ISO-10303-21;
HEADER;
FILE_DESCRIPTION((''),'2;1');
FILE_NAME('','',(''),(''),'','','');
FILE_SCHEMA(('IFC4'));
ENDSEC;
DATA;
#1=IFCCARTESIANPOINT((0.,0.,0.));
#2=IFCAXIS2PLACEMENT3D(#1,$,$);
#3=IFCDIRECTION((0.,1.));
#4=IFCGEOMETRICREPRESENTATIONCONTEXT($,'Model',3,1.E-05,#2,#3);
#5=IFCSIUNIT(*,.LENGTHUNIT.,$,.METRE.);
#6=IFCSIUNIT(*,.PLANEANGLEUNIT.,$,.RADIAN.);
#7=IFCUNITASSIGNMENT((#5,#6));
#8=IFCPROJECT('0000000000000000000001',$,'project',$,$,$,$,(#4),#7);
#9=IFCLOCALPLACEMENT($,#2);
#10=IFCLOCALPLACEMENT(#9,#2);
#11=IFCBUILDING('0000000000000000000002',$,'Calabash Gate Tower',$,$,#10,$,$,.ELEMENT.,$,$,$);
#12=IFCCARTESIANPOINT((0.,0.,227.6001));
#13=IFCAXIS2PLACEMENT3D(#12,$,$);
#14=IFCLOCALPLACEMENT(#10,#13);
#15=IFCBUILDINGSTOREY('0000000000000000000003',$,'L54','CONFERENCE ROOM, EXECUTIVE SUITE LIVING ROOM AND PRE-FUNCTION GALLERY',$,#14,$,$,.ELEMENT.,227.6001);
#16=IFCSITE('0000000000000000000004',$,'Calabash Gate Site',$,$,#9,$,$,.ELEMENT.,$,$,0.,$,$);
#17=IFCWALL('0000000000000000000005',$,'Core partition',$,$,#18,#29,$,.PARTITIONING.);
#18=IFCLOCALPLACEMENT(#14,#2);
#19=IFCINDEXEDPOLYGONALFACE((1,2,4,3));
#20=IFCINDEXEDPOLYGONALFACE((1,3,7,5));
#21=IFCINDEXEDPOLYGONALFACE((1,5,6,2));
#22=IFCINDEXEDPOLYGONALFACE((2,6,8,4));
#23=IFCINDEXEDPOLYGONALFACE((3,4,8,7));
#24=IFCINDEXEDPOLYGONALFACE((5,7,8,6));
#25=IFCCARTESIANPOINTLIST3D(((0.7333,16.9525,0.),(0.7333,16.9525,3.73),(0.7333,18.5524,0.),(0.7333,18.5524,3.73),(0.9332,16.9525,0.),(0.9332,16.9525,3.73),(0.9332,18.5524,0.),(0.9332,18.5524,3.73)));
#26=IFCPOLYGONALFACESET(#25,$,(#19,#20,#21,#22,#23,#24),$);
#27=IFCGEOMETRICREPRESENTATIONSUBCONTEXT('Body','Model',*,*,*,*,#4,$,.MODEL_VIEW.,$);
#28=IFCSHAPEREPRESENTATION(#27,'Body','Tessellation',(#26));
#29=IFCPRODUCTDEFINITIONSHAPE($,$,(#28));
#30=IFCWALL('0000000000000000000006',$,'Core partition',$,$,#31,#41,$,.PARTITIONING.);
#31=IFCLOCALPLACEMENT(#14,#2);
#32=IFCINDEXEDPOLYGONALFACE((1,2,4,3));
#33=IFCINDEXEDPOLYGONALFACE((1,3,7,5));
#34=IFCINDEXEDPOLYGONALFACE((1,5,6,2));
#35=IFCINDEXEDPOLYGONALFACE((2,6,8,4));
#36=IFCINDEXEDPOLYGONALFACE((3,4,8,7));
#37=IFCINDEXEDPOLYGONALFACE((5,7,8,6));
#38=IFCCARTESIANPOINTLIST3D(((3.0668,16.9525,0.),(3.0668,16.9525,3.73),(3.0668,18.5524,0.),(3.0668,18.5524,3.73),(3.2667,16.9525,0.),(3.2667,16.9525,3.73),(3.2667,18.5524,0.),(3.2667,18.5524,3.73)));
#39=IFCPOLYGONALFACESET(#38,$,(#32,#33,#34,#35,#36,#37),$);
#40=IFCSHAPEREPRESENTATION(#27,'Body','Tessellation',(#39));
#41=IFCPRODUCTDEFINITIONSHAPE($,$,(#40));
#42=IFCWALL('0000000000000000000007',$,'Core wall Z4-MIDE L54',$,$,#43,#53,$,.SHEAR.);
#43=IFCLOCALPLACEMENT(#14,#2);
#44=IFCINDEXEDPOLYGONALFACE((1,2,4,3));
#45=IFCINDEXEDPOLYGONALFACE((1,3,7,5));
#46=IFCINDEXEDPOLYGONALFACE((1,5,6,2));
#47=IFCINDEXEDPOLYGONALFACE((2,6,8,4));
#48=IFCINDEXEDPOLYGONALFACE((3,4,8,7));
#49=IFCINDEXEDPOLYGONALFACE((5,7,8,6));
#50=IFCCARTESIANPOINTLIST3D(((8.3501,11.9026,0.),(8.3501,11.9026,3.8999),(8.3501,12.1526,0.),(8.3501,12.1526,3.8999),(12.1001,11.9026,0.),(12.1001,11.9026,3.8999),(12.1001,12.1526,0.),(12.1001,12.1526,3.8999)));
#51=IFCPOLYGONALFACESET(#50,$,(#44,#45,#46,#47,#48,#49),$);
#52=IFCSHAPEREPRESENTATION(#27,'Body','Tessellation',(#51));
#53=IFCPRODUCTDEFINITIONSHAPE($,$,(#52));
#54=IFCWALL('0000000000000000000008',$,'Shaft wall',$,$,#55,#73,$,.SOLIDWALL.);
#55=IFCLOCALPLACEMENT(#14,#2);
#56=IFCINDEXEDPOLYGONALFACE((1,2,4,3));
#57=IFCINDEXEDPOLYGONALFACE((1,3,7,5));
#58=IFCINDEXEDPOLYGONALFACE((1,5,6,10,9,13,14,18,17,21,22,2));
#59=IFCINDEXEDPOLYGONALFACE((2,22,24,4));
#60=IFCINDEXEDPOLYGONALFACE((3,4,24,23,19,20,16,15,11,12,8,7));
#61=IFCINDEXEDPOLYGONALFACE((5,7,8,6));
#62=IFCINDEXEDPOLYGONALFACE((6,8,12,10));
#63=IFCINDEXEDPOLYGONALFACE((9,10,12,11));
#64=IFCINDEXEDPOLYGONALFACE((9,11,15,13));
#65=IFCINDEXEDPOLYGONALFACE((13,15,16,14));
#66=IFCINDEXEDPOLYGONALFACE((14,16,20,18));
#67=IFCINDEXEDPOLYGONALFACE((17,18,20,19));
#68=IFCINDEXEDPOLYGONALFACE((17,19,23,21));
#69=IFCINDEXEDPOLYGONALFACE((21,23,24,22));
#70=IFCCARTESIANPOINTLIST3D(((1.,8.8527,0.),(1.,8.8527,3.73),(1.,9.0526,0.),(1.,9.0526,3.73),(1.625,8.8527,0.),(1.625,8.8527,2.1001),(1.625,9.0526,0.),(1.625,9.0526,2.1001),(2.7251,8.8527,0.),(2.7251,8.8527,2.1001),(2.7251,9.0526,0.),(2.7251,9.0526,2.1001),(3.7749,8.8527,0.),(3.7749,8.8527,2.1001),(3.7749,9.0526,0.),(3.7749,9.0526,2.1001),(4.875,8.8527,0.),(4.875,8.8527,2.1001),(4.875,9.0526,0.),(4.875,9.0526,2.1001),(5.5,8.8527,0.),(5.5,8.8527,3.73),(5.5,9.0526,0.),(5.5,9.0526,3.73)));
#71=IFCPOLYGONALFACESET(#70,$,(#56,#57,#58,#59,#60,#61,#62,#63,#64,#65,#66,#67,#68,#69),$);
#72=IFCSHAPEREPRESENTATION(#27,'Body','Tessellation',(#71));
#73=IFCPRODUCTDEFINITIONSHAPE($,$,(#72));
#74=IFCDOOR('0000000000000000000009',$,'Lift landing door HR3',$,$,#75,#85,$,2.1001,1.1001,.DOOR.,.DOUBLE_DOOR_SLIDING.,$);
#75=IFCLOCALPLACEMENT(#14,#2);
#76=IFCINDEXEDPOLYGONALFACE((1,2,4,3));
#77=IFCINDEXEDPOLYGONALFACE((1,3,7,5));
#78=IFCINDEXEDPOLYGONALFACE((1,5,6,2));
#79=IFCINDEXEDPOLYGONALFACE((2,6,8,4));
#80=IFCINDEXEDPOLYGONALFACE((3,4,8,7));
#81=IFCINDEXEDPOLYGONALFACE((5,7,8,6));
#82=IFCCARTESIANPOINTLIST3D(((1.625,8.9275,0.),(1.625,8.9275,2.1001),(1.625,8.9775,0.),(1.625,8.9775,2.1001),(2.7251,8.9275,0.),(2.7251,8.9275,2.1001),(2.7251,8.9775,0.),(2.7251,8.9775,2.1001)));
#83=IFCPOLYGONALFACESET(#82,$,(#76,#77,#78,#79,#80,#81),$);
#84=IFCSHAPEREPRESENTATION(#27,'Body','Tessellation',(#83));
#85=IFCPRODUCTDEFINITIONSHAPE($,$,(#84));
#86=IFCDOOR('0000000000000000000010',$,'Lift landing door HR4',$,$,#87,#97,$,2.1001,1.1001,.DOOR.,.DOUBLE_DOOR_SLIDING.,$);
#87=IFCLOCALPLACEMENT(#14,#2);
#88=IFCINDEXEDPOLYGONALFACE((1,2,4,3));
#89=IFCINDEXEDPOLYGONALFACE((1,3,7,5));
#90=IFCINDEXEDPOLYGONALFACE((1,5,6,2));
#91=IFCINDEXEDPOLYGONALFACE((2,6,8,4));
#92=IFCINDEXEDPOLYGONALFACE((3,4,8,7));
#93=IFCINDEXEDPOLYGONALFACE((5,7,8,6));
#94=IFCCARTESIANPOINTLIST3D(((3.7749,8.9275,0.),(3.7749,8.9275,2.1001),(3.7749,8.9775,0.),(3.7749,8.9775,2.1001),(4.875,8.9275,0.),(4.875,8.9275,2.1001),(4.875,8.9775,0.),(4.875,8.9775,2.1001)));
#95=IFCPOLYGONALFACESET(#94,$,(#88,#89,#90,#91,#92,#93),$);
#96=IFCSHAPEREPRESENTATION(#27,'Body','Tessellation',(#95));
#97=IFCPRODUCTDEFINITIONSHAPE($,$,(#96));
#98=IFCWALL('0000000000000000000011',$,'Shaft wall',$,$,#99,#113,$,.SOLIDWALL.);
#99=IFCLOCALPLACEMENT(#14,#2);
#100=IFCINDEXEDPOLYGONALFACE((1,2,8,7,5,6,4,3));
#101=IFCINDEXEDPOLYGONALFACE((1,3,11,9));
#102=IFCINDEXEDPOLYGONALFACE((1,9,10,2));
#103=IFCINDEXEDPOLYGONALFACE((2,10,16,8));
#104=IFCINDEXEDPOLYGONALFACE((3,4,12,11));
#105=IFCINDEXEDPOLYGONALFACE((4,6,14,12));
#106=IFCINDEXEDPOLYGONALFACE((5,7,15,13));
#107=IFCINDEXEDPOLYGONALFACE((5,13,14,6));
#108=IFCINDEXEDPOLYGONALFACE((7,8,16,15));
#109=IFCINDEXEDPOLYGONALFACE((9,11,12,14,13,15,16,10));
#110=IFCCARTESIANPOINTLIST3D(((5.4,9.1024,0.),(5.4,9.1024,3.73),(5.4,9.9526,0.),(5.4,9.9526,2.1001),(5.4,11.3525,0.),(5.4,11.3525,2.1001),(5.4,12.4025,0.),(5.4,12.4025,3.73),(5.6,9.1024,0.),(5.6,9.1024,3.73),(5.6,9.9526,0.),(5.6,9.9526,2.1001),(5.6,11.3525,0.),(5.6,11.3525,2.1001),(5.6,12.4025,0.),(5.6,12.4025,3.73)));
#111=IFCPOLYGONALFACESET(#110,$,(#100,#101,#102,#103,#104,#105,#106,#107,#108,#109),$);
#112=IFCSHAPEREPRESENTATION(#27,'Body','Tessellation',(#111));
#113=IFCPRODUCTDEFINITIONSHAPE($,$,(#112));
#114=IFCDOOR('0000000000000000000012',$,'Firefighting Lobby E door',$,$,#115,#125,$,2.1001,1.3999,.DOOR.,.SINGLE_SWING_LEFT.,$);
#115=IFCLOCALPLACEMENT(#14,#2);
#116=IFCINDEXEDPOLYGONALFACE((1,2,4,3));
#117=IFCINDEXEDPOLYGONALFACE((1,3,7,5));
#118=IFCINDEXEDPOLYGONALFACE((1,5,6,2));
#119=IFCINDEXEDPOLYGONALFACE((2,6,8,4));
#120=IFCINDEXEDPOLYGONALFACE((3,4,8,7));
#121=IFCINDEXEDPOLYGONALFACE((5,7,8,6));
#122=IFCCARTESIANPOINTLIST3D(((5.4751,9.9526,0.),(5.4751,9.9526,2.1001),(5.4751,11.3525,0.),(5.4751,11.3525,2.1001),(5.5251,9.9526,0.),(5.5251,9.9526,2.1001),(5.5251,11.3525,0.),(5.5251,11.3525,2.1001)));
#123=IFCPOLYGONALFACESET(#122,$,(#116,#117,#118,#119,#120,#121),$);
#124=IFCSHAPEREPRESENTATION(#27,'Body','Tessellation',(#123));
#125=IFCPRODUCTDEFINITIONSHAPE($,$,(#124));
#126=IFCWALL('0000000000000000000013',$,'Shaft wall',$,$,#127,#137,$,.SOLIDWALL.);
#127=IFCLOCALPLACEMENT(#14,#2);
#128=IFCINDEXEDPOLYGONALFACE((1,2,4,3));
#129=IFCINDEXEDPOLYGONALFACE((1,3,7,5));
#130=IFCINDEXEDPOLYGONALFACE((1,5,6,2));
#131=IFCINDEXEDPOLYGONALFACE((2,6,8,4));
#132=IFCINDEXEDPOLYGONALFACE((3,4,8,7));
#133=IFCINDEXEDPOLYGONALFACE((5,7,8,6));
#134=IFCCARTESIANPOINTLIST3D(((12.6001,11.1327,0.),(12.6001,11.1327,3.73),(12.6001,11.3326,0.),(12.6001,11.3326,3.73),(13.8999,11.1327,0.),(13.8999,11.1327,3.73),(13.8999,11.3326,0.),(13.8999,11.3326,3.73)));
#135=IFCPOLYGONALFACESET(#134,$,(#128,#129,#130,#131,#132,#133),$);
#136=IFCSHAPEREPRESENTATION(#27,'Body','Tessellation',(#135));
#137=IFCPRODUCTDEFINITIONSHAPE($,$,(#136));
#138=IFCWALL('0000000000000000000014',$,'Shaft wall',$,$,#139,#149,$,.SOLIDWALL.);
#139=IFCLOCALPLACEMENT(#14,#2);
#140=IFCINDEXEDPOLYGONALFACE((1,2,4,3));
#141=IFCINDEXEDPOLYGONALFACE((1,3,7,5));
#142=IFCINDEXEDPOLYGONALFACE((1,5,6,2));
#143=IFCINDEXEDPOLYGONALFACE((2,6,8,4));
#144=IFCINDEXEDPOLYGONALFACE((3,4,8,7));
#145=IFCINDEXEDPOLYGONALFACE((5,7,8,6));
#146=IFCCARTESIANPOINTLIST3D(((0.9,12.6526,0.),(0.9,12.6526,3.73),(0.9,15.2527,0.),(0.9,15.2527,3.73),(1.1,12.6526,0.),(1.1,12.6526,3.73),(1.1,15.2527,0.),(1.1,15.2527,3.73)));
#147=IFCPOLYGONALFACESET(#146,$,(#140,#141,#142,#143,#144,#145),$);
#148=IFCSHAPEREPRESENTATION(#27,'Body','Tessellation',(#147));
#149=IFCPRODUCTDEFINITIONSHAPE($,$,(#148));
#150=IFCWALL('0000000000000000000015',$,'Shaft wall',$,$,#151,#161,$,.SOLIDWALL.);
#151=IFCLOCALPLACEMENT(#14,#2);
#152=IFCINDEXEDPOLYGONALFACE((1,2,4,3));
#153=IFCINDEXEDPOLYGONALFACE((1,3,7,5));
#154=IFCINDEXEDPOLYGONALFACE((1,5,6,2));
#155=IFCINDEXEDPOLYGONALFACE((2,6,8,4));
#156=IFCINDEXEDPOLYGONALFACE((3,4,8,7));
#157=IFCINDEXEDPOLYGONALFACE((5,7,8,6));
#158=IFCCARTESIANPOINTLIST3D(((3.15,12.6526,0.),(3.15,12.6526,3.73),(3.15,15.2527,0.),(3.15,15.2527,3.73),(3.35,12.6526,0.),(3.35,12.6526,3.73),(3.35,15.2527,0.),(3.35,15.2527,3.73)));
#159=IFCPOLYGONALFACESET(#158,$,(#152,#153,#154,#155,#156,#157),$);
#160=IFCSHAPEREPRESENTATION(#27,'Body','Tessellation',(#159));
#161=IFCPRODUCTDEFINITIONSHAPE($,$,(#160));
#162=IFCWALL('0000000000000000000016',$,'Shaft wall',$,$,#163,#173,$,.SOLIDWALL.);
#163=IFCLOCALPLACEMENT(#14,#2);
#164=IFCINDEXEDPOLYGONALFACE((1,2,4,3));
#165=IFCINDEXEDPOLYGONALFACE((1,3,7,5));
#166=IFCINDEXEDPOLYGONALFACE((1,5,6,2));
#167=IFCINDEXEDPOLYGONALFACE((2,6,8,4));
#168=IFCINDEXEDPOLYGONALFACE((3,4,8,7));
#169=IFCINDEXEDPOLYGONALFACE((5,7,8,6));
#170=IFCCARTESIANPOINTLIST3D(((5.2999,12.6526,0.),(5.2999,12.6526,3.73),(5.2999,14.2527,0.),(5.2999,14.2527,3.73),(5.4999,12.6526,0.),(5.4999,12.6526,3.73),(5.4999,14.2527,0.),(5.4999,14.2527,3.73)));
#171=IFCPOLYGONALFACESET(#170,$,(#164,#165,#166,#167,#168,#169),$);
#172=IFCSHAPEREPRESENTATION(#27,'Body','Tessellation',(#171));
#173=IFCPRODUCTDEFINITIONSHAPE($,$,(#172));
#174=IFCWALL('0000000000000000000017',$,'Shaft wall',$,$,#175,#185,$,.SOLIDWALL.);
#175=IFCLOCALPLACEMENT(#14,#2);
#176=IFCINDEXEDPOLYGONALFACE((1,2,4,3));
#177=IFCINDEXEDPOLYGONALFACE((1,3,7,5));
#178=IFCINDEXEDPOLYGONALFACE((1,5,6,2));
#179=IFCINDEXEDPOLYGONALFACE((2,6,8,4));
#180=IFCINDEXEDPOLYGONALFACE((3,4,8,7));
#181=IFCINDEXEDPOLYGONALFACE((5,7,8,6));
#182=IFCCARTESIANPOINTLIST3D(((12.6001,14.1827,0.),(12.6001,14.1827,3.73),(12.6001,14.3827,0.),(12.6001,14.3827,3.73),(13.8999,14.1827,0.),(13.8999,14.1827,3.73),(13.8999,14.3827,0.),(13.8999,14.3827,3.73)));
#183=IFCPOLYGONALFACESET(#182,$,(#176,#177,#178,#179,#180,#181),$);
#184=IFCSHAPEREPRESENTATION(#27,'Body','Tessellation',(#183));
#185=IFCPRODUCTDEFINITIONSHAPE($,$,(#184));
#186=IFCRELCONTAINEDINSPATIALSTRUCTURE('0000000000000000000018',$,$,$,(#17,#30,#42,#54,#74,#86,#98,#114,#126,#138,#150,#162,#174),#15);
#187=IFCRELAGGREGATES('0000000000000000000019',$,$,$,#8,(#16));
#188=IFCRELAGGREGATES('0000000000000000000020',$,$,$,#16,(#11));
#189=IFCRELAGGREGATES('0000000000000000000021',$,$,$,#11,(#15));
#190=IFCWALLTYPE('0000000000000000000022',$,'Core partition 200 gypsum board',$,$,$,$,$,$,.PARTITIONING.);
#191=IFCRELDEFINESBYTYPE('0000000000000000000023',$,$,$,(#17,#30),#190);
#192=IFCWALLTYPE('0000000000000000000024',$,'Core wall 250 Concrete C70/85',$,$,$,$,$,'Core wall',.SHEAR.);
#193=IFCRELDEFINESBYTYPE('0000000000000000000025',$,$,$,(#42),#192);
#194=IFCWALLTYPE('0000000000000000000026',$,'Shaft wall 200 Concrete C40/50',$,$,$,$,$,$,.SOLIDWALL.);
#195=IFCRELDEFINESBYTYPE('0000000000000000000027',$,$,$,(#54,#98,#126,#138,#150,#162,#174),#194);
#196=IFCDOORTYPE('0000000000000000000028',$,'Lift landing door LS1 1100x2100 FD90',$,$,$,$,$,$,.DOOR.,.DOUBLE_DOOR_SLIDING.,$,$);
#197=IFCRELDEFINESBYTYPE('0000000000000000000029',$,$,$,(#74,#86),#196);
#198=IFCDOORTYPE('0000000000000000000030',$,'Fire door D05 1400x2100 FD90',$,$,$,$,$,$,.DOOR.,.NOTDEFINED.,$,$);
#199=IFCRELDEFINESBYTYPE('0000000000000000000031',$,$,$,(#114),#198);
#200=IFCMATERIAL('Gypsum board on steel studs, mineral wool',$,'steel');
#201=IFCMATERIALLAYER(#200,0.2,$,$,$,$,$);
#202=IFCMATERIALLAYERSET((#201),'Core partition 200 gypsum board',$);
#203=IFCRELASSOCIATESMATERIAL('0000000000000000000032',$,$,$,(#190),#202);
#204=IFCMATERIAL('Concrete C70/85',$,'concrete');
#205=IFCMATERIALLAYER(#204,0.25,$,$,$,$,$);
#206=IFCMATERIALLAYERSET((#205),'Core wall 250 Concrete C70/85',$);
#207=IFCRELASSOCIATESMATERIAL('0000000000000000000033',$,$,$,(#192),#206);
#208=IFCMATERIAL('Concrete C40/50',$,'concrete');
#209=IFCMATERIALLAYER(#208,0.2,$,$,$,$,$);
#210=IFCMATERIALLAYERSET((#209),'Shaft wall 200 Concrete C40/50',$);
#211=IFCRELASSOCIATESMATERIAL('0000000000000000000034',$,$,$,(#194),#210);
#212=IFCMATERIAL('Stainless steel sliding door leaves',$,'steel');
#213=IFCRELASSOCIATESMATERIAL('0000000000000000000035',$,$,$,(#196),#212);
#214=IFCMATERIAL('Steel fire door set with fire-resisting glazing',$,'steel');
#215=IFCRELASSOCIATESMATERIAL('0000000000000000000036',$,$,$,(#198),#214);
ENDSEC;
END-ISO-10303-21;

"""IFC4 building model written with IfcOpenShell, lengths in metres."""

from ifc_helpers import new_model, si_unit, direction, frame, frame_2d, origin, place, context, subcontext, project, spatial, rectangle, extrude, material, layer, layer_set, type_object, element, fill, save


model = new_model("IFC4")

# Units and contexts
model_context = context("Model", 3, precision=1e-05, world=origin(), true_north=direction((0.0, 1.0)))
body_context = subcontext(model_context, "Body", "Model", "MODEL_VIEW")
ifc_project = project(units=[si_unit("LENGTHUNIT", "METRE"), si_unit("PLANEANGLEUNIT", "RADIAN")], contexts=[model_context])

# Site, building, storey
site_placement = place(None, origin())
site = spatial("IfcSite", under=ifc_project, at=site_placement, Name="Calabash Gate Site", CompositionType="ELEMENT", RefElevation=0.0)
building_placement = place(site_placement, origin())
building = spatial("IfcBuilding", under=site, at=building_placement, Name="Calabash Gate Tower", CompositionType="ELEMENT")
storey_placement = place(building_placement, frame((0.0, 0.0, 227.6001)))
storey = spatial("IfcBuildingStorey", under=building, at=storey_placement, Name="L54", Description="CONFERENCE ROOM, EXECUTIVE SUITE LIVING ROOM AND PRE-FUNCTION GALLERY", CompositionType="ELEMENT", Elevation=227.6001)

# Walls
ifc_material_1 = material(Name="Gypsum board on steel studs, mineral wool", Category="steel")
ifc_layer_1 = layer(ifc_material_1, 0.2)
ifc_layer_set_1 = layer_set([ifc_layer_1], Name="Core partition 200 gypsum board")
wall_type_1 = type_object("IfcWallType", Name="Core partition 200 gypsum board", PredefinedType="PARTITIONING", material=ifc_layer_set_1)
for number, where, z_axis, x_axis, name in (
    (1, (0.8333, 16.9526, 0.0), (0.0, 0.0, 1.0), (0.0, 1.0, 0.0), "Core partition"),
    (2, (3.1667, 16.9526, 0.0), (0.0, 0.0, 1.0), (0.0, 1.0, 0.0), "Core partition"),
):
    element("IfcWall", number, at=place(storey_placement, frame(where, z_axis=z_axis, x_axis=x_axis)), inside=storey, type_object=wall_type_1, Name=name, PredefinedType="PARTITIONING", context=body_context, shape_type="SweptSolid", body=[
        extrude(rectangle(XDim=1.5999, YDim=0.2, at=frame_2d((0.7998, 0.0))), origin(), (0.0, 0.0, 1.0), 3.73),
    ])
ifc_material_2 = material(Name="Concrete C70/85", Category="concrete")
ifc_layer_2 = layer(ifc_material_2, 0.25)
ifc_layer_set_2 = layer_set([ifc_layer_2], Name="Core wall 250 Concrete C70/85")
wall_type_2 = type_object("IfcWallType", Name="Core wall 250 Concrete C70/85", ElementType="Core wall", PredefinedType="SHEAR", material=ifc_layer_set_2)
wall_1_placement = place(storey_placement, frame((8.3501, 12.0276, 0.0), z_axis=(0.0, 0.0, 1.0), x_axis=(1.0, 0.0, 0.0)))
element("IfcWall", 3, at=wall_1_placement, inside=storey, type_object=wall_type_2, Name="Core wall Z4-MIDE L54", PredefinedType="SHEAR", context=body_context, shape_type="SweptSolid", body=[
    extrude(rectangle(XDim=3.75, YDim=0.25, at=frame_2d((1.875, 0.0))), origin(), (0.0, 0.0, 1.0), 3.8999),
])

# Wall, openings, doors
ifc_material_3 = material(Name="Concrete C40/50", Category="concrete")
ifc_layer_3 = layer(ifc_material_3, 0.2)
ifc_layer_set_3 = layer_set([ifc_layer_3], Name="Shaft wall 200 Concrete C40/50")
wall_type_3 = type_object("IfcWallType", Name="Shaft wall 200 Concrete C40/50", PredefinedType="SOLIDWALL", material=ifc_layer_set_3)
wall_2_placement = place(storey_placement, frame((1.0, 8.9526, 0.0), z_axis=(0.0, 0.0, 1.0), x_axis=(1.0, 0.0, 0.0)))
wall_2 = element("IfcWall", 4, at=wall_2_placement, inside=storey, type_object=wall_type_3, Name="Shaft wall", PredefinedType="SOLIDWALL", context=body_context, shape_type="SweptSolid", body=[
    extrude(rectangle(XDim=4.5, YDim=0.2, at=frame_2d((2.25, 0.0))), origin(), (0.0, 0.0, 1.0), 3.73),
])
opening_1_placement = place(wall_2_placement, frame((0.625, 0.0, 0.0)))
opening_1 = element("IfcOpeningElement", 5, at=opening_1_placement, cuts=wall_2, PredefinedType="OPENING", context=body_context, shape_type="SweptSolid", body=[
    extrude(rectangle(XDim=1.1001, YDim=2.1001, at=frame_2d((0.55, 1.05))), frame((0.0, 0.1099, 0.0), z_axis=(0.0, -1.0, 0.0), x_axis=(1.0, 0.0, 0.0)), (0.0, 0.0, 1.0), 0.22),
])
opening_2_placement = place(wall_2_placement, frame((2.7749, 0.0, 0.0)))
opening_2 = element("IfcOpeningElement", 6, at=opening_2_placement, cuts=wall_2, PredefinedType="OPENING", context=body_context, shape_type="SweptSolid", body=[
    extrude(rectangle(XDim=1.1001, YDim=2.1001, at=frame_2d((0.55, 1.05))), frame((0.0, 0.1099, 0.0), z_axis=(0.0, -1.0, 0.0), x_axis=(1.0, 0.0, 0.0)), (0.0, 0.0, 1.0), 0.22),
])
ifc_material_4 = material(Name="Stainless steel sliding door leaves", Category="steel")
door_type_1 = type_object("IfcDoorType", Name="Lift landing door LS1 1100x2100 FD90", OperationType="DOUBLE_DOOR_SLIDING", PredefinedType="DOOR", material=ifc_material_4)
door_1_placement = place(opening_1_placement, origin())
door_1 = element("IfcDoor", 7, at=door_1_placement, inside=storey, type_object=door_type_1, Name="Lift landing door HR3", OperationType="DOUBLE_DOOR_SLIDING", OverallHeight=2.1001, OverallWidth=1.1001, PredefinedType="DOOR", context=body_context, shape_type="SweptSolid", body=[
    extrude(rectangle(XDim=1.1001, YDim=2.1001, at=frame_2d((0.55, 1.05))), frame((0.0, 0.0249, 0.0), z_axis=(0.0, -1.0, 0.0), x_axis=(1.0, 0.0, 0.0)), (0.0, 0.0, 1.0), 0.05),
])
fill(opening_1, door_1)
door_2_placement = place(opening_2_placement, origin())
door_2 = element("IfcDoor", 8, at=door_2_placement, inside=storey, type_object=door_type_1, Name="Lift landing door HR4", OperationType="DOUBLE_DOOR_SLIDING", OverallHeight=2.1001, OverallWidth=1.1001, PredefinedType="DOOR", context=body_context, shape_type="SweptSolid", body=[
    extrude(rectangle(XDim=1.1001, YDim=2.1001, at=frame_2d((0.55, 1.05))), frame((0.0, 0.0249, 0.0), z_axis=(0.0, -1.0, 0.0), x_axis=(1.0, 0.0, 0.0)), (0.0, 0.0, 1.0), 0.05),
])
fill(opening_2, door_2)

# Wall, opening, door
wall_3_placement = place(storey_placement, frame((5.5, 9.1025, 0.0), z_axis=(0.0, 0.0, 1.0), x_axis=(0.0, 1.0, 0.0)))
wall_3 = element("IfcWall", 9, at=wall_3_placement, inside=storey, type_object=wall_type_3, Name="Shaft wall", PredefinedType="SOLIDWALL", context=body_context, shape_type="SweptSolid", body=[
    extrude(rectangle(XDim=3.3, YDim=0.2, at=frame_2d((1.6499, 0.0))), origin(), (0.0, 0.0, 1.0), 3.73),
])
opening_3_placement = place(wall_3_placement, frame((0.8501, 0.0, 0.0)))
opening_3 = element("IfcOpeningElement", 10, at=opening_3_placement, cuts=wall_3, PredefinedType="OPENING", context=body_context, shape_type="SweptSolid", body=[
    extrude(rectangle(XDim=1.3999, YDim=2.1001, at=frame_2d((0.7, 1.05))), frame((0.0, 0.1099, 0.0), z_axis=(0.0, -1.0, 0.0), x_axis=(1.0, 0.0, 0.0)), (0.0, 0.0, 1.0), 0.22),
])
ifc_material_5 = material(Name="Steel fire door set with fire-resisting glazing", Category="steel")
door_type_2 = type_object("IfcDoorType", Name="Fire door D05 1400x2100 FD90", OperationType="NOTDEFINED", PredefinedType="DOOR", material=ifc_material_5)
door_3_placement = place(opening_3_placement, origin())
door_3 = element("IfcDoor", 11, at=door_3_placement, inside=storey, type_object=door_type_2, Name="Firefighting Lobby E door", OperationType="SINGLE_SWING_LEFT", OverallHeight=2.1001, OverallWidth=1.3999, PredefinedType="DOOR", context=body_context, shape_type="SweptSolid", body=[
    extrude(rectangle(XDim=1.3999, YDim=2.1001, at=frame_2d((0.7, 1.05))), frame((0.0, 0.0249, 0.0), z_axis=(0.0, -1.0, 0.0), x_axis=(1.0, 0.0, 0.0)), (0.0, 0.0, 1.0), 0.05),
])
fill(opening_3, door_3)

# Walls
wall_4_placement = place(storey_placement, frame((12.6001, 11.2327, 0.0), z_axis=(0.0, 0.0, 1.0), x_axis=(1.0, 0.0, 0.0)))
element("IfcWall", 12, at=wall_4_placement, inside=storey, type_object=wall_type_3, Name="Shaft wall", PredefinedType="SOLIDWALL", context=body_context, shape_type="SweptSolid", body=[
    extrude(rectangle(XDim=1.2998, YDim=0.2, at=frame_2d((0.6499, 0.0))), origin(), (0.0, 0.0, 1.0), 3.73),
])
for number, where, z_axis, x_axis, name in (
    (13, (1.0, 12.6526, 0.0), (0.0, 0.0, 1.0), (0.0, 1.0, 0.0), "Shaft wall"),
    (14, (3.25, 12.6526, 0.0), (0.0, 0.0, 1.0), (0.0, 1.0, 0.0), "Shaft wall"),
):
    element("IfcWall", number, at=place(storey_placement, frame(where, z_axis=z_axis, x_axis=x_axis)), inside=storey, type_object=wall_type_3, Name=name, PredefinedType="SOLIDWALL", context=body_context, shape_type="SweptSolid", body=[
        extrude(rectangle(XDim=2.6001, YDim=0.2, at=frame_2d((1.3, 0.0))), origin(), (0.0, 0.0, 1.0), 3.73),
    ])
wall_5_placement = place(storey_placement, frame((5.3999, 12.6526, 0.0), z_axis=(0.0, 0.0, 1.0), x_axis=(0.0, 1.0, 0.0)))
element("IfcWall", 15, at=wall_5_placement, inside=storey, type_object=wall_type_3, Name="Shaft wall", PredefinedType="SOLIDWALL", context=body_context, shape_type="SweptSolid", body=[
    extrude(rectangle(XDim=1.6001, YDim=0.2, at=frame_2d((0.8, 0.0))), origin(), (0.0, 0.0, 1.0), 3.73),
])
wall_6_placement = place(storey_placement, frame((12.6001, 14.2827, 0.0), z_axis=(0.0, 0.0, 1.0), x_axis=(1.0, 0.0, 0.0)))
element("IfcWall", 16, at=wall_6_placement, inside=storey, type_object=wall_type_3, Name="Shaft wall", PredefinedType="SOLIDWALL", context=body_context, shape_type="SweptSolid", body=[
    extrude(rectangle(XDim=1.2998, YDim=0.2, at=frame_2d((0.6499, 0.0))), origin(), (0.0, 0.0, 1.0), 3.73),
])

save(model, "model.ifc")
